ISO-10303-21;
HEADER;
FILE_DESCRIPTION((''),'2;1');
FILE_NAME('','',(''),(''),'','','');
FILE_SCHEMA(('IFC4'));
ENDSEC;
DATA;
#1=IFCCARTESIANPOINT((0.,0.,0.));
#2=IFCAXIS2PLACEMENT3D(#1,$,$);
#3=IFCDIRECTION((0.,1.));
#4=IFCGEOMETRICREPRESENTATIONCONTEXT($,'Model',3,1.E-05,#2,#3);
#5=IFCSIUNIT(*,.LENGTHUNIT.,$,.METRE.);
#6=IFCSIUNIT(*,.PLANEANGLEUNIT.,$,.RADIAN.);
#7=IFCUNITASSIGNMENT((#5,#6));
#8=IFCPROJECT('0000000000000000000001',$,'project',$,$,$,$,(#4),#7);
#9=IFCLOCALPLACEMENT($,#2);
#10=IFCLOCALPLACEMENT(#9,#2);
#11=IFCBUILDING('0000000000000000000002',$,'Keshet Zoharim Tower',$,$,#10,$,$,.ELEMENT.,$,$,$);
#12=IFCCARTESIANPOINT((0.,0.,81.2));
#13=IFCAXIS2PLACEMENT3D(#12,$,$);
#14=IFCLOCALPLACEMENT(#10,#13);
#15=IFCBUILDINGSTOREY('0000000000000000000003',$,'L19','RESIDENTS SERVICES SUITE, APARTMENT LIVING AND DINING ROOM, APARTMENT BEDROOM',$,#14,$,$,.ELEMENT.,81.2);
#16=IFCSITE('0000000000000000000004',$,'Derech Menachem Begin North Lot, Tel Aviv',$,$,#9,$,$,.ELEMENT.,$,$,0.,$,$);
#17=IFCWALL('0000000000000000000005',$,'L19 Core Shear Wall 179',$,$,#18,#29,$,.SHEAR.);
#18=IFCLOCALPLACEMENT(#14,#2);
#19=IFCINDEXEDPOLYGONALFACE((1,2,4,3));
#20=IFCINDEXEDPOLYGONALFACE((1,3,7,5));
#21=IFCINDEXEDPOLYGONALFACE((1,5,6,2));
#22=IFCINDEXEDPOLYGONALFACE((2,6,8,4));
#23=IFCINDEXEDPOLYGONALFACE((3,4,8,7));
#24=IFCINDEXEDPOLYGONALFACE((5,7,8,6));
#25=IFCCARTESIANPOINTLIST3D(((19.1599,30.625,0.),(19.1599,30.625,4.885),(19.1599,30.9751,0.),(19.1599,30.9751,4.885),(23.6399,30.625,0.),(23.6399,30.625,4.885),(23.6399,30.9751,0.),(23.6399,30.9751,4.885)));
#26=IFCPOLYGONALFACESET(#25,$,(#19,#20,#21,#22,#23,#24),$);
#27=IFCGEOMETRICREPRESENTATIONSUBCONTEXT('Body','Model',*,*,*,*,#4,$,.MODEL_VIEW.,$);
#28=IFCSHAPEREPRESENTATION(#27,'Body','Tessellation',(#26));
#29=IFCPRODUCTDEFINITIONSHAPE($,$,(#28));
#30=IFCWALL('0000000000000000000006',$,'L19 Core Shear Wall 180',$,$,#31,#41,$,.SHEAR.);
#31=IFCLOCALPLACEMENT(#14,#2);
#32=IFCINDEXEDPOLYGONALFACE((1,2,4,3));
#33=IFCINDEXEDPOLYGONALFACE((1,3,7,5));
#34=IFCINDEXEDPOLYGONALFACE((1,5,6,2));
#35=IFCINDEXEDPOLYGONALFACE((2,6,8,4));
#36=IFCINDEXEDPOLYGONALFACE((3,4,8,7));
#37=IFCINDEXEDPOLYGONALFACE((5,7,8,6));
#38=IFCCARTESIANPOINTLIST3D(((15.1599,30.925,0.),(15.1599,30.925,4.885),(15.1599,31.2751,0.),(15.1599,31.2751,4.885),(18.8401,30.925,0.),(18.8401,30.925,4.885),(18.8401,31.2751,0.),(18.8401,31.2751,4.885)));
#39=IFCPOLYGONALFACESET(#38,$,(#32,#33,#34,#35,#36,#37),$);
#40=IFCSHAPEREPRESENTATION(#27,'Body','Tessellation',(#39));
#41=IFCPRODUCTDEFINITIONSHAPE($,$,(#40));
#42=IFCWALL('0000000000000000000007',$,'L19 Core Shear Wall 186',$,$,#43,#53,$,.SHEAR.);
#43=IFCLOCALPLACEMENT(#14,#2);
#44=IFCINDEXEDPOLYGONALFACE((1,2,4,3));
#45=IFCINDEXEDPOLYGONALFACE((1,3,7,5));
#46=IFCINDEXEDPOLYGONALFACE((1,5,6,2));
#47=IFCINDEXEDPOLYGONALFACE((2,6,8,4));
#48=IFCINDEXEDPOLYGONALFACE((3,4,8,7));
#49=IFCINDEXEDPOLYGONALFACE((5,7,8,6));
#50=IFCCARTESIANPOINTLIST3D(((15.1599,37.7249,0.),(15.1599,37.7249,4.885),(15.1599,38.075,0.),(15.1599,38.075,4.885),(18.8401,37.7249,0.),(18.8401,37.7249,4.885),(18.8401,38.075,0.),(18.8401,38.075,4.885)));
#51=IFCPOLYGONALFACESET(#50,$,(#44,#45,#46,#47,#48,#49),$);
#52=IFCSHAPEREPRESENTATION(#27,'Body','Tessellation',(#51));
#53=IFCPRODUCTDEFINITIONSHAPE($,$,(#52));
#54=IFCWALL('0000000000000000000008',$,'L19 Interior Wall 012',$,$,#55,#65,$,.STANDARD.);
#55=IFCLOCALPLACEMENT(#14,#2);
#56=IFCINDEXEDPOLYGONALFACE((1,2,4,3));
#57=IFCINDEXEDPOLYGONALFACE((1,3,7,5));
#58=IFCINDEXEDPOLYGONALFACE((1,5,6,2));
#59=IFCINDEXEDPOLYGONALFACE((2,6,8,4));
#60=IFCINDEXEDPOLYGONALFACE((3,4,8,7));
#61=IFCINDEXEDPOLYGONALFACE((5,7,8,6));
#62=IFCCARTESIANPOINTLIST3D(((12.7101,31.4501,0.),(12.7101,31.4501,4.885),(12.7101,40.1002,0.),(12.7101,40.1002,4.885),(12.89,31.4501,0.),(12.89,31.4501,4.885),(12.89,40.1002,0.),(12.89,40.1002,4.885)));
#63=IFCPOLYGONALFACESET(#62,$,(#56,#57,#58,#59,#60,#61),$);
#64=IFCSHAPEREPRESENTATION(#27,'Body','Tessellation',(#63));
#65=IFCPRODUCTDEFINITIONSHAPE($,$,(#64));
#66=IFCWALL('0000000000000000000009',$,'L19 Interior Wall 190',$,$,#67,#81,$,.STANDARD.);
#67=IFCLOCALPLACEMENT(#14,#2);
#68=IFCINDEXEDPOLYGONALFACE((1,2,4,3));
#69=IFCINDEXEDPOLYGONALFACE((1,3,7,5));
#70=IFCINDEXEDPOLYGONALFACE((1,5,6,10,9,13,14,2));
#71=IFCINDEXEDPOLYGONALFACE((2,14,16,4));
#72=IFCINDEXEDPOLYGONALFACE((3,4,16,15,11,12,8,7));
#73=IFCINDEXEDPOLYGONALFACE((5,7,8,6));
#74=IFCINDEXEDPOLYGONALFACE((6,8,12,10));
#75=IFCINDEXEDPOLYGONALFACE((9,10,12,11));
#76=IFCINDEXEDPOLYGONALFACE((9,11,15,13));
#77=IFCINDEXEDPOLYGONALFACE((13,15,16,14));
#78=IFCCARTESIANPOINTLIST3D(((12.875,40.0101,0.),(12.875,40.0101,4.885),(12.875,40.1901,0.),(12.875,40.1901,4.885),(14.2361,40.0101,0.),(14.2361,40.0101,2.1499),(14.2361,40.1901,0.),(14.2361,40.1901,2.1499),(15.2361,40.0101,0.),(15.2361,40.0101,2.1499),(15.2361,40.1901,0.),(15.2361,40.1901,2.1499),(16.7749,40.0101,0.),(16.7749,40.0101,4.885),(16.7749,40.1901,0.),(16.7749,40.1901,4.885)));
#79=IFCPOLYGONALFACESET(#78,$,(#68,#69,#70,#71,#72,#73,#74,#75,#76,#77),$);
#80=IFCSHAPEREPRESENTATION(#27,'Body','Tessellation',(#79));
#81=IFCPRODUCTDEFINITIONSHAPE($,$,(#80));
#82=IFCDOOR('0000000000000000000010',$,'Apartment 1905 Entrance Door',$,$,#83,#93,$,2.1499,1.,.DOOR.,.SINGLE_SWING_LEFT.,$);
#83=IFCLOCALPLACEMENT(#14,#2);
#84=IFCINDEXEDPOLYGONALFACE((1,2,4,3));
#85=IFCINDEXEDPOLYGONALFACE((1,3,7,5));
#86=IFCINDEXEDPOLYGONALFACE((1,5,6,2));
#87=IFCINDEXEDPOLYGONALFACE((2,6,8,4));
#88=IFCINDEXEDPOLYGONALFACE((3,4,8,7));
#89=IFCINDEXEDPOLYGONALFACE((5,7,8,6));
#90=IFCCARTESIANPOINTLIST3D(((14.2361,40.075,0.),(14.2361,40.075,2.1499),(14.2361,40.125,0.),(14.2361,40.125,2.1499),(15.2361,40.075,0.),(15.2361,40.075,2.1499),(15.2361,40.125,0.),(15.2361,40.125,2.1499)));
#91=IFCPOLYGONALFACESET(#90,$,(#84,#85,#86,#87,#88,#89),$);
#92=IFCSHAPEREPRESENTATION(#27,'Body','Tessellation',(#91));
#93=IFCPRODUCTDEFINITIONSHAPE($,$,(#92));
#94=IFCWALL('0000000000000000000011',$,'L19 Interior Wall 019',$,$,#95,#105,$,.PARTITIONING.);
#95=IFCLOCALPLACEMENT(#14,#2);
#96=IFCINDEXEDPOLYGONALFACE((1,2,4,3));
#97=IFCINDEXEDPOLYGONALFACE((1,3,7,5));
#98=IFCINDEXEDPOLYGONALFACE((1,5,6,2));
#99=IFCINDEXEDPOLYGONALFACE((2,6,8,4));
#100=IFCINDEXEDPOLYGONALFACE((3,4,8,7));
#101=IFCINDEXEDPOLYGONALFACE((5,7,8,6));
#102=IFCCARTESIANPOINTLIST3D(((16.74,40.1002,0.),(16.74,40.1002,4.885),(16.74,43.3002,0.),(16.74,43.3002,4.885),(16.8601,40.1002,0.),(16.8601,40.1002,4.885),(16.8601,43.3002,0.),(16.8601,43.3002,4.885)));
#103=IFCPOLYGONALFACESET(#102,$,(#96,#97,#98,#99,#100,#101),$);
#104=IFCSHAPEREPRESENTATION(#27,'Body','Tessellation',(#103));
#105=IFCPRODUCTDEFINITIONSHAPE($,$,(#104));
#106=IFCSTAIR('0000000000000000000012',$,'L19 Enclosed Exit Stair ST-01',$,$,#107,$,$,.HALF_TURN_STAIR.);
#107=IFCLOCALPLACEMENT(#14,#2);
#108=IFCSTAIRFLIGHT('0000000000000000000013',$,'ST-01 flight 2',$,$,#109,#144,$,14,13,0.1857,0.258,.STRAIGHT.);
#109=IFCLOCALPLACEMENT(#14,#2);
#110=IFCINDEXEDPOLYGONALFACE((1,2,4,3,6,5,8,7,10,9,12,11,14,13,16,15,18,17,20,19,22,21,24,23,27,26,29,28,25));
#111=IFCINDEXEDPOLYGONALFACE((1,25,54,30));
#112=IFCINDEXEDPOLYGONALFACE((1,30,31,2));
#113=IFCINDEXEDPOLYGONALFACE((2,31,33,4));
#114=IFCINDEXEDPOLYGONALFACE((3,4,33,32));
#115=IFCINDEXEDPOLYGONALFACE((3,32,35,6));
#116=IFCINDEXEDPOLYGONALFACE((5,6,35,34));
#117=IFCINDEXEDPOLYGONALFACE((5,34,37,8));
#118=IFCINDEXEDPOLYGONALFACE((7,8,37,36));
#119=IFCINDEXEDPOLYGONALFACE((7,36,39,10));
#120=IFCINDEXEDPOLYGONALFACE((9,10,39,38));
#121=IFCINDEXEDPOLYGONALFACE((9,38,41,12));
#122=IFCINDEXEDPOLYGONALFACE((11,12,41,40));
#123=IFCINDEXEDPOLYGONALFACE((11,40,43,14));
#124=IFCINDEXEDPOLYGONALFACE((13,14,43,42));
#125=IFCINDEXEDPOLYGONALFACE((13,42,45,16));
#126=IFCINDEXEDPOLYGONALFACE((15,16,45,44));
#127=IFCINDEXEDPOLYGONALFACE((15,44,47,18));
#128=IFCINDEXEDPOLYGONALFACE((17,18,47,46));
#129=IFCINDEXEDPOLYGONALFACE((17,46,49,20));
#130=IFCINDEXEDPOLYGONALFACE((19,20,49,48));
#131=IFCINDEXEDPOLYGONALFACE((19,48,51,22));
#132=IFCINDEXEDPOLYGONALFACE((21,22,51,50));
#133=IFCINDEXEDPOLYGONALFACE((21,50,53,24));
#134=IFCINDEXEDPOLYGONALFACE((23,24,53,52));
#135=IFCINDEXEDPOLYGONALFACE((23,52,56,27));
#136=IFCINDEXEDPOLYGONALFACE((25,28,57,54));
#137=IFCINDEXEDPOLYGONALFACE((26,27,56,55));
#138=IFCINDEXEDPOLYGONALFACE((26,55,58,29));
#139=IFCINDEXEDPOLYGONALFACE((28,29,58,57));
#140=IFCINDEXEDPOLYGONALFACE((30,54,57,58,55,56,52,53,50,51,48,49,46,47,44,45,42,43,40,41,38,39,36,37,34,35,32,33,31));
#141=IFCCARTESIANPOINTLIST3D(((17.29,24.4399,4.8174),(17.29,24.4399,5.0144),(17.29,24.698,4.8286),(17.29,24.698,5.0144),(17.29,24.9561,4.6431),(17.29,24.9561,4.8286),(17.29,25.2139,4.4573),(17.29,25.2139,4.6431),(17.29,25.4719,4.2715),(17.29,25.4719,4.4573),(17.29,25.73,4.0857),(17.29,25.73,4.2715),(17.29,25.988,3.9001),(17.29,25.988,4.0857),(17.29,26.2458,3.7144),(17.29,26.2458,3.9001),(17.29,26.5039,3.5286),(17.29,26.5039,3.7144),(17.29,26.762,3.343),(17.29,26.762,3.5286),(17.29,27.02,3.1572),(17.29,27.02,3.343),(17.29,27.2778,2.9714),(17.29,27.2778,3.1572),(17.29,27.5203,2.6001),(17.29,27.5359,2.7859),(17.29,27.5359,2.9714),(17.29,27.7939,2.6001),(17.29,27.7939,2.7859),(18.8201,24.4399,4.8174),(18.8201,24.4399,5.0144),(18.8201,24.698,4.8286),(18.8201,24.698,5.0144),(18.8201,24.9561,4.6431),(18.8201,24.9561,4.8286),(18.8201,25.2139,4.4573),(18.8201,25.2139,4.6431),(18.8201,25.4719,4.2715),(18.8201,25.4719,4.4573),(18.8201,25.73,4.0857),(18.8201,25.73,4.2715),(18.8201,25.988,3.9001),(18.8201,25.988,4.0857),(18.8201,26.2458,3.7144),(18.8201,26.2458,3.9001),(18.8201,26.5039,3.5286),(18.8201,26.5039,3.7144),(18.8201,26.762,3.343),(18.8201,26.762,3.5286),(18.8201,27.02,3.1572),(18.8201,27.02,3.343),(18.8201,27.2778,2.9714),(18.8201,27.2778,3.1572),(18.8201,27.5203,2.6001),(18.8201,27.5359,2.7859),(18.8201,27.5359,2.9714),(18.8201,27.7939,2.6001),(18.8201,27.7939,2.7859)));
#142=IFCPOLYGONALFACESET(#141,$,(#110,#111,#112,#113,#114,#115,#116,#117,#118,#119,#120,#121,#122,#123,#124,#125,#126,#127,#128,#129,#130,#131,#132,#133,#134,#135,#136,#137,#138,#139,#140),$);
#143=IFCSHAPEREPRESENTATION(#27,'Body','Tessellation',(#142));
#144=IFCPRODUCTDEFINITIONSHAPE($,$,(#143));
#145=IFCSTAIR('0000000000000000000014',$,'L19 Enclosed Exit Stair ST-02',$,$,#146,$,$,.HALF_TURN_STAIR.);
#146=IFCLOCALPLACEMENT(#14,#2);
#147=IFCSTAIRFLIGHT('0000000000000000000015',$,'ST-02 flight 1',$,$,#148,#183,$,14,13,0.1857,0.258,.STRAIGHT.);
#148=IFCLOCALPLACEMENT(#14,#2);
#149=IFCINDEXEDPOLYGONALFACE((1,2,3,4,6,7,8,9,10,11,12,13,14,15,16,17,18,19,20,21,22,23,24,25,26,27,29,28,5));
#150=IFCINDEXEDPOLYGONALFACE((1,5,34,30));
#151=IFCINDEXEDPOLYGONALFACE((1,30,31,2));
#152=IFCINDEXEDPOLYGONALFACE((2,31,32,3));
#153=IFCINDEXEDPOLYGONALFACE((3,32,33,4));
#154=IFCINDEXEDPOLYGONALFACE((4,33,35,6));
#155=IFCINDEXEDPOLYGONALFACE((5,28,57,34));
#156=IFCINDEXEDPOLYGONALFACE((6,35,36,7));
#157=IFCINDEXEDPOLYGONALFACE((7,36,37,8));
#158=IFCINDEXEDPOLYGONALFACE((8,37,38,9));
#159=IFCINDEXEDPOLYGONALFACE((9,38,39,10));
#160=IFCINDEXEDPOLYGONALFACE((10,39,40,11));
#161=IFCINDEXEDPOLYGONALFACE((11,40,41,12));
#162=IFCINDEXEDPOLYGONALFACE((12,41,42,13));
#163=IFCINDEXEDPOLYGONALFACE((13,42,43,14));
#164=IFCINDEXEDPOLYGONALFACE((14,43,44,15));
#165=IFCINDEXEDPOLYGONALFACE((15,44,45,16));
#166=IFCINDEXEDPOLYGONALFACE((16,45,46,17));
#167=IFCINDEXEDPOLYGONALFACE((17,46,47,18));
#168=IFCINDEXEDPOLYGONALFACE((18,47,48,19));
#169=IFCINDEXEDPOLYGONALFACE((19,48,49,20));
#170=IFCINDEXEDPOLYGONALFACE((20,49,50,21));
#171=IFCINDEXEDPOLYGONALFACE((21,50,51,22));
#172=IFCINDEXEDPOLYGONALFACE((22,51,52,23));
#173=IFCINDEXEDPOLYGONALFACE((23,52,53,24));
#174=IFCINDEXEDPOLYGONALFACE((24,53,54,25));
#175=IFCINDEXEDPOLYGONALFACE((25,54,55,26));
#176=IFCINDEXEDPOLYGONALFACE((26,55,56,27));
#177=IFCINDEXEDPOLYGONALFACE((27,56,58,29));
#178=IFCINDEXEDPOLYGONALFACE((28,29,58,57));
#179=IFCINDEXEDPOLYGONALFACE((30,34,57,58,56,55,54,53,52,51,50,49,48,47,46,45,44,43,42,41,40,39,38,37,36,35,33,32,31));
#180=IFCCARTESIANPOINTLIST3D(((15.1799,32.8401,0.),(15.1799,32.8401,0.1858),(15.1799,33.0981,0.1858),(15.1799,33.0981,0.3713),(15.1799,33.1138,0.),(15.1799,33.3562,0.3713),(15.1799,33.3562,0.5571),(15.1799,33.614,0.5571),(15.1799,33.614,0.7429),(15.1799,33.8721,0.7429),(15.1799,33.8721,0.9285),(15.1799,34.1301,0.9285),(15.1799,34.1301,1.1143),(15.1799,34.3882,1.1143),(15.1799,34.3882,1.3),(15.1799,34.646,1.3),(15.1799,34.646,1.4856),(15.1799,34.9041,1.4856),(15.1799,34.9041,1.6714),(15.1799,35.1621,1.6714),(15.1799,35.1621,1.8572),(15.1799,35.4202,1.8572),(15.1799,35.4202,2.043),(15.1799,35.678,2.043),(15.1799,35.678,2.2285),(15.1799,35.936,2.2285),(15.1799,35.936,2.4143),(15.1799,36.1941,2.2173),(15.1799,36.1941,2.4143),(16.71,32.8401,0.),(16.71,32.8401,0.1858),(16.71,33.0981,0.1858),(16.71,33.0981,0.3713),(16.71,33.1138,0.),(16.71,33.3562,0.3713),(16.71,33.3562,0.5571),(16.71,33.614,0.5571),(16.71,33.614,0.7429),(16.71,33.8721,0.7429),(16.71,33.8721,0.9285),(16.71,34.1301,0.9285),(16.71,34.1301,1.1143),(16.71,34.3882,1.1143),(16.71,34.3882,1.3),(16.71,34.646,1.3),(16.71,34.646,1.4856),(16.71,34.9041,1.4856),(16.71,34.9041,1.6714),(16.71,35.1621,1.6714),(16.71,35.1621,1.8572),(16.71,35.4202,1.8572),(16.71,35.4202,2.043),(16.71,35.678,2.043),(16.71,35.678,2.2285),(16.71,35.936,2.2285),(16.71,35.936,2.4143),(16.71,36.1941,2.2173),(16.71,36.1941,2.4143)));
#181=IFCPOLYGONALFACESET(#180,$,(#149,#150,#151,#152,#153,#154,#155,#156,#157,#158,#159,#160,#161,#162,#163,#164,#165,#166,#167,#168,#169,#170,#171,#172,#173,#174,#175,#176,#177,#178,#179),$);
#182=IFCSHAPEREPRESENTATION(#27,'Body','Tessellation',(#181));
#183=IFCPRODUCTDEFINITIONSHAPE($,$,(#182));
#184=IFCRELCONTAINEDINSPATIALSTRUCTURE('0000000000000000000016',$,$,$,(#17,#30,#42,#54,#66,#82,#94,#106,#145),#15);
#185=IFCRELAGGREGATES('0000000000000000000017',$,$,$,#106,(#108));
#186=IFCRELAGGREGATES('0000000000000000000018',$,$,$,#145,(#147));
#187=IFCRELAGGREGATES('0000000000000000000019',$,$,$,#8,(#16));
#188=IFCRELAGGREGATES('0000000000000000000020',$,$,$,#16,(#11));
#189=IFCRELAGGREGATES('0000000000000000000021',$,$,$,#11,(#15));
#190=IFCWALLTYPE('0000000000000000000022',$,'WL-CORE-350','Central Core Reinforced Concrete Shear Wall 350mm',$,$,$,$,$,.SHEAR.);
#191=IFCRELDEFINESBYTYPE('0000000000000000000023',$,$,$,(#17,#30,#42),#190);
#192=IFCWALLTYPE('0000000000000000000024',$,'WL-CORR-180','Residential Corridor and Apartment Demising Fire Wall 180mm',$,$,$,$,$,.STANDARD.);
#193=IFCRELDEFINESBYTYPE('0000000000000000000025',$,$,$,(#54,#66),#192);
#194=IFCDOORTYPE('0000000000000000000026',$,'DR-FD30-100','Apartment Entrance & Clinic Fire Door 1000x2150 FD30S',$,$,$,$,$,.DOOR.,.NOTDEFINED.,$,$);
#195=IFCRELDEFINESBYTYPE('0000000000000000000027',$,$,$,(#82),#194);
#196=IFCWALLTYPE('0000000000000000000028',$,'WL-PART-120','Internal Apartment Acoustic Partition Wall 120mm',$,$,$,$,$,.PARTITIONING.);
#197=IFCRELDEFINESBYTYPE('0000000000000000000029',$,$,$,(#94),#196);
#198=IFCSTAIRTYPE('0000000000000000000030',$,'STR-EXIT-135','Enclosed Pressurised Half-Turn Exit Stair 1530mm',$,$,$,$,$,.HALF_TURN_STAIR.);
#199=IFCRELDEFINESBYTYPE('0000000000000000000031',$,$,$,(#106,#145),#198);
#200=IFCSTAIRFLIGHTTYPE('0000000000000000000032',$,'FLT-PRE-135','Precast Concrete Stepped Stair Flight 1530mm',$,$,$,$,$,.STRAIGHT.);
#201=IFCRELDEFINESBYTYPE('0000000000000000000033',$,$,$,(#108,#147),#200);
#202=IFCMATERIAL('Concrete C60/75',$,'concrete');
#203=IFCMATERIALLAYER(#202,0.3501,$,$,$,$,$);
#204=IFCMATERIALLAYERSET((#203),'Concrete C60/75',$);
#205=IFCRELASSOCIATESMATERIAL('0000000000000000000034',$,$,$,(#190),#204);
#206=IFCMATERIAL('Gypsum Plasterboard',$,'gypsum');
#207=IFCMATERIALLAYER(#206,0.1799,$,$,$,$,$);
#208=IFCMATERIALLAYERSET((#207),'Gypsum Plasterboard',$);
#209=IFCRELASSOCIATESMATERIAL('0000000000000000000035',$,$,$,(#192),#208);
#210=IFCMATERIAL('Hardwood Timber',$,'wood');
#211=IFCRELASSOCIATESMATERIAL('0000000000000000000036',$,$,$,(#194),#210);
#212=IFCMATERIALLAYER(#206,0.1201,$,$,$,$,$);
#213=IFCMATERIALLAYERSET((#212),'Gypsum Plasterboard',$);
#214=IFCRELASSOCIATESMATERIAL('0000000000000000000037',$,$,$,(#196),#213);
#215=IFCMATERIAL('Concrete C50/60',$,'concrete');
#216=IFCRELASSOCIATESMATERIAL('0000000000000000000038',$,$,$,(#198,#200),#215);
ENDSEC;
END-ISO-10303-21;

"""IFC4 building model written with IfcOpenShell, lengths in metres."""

from ifc_helpers import new_model, si_unit, direction, frame, frame_2d, origin, place, context, subcontext, project, spatial, polyline, rectangle, outline, extrude, material, layer, layer_set, type_object, element, fill, aggregate, save


model = new_model("IFC4")

# Units and contexts
model_context = context("Model", 3, precision=1e-05, world=origin(), true_north=direction((0.0, 1.0)))
body_context = subcontext(model_context, "Body", "Model", "MODEL_VIEW")
ifc_project = project(units=[si_unit("LENGTHUNIT", "METRE"), si_unit("PLANEANGLEUNIT", "RADIAN")], contexts=[model_context])

# Site, building, storey
site_placement = place(None, origin())
site = spatial("IfcSite", under=ifc_project, at=site_placement, Name="Derech Menachem Begin North Lot, Tel Aviv", CompositionType="ELEMENT", RefElevation=0.0)
building_placement = place(site_placement, origin())
building = spatial("IfcBuilding", under=site, at=building_placement, Name="Keshet Zoharim Tower", CompositionType="ELEMENT")
storey_placement = place(building_placement, frame((0.0, 0.0, 81.2)))
storey = spatial("IfcBuildingStorey", under=building, at=storey_placement, Name="L19", Description="RESIDENTS SERVICES SUITE, APARTMENT LIVING AND DINING ROOM, APARTMENT BEDROOM", CompositionType="ELEMENT", Elevation=81.2)

# Shared definitions
ifc_material_1 = material(Name="Concrete C60/75", Category="concrete")
ifc_layer_1 = layer(ifc_material_1, 0.3501)
ifc_layer_set_1 = layer_set([ifc_layer_1], Name="Concrete C60/75")
wall_type_1 = type_object("IfcWallType", Name="WL-CORE-350", Description="Central Core Reinforced Concrete Shear Wall 350mm", PredefinedType="SHEAR", material=ifc_layer_set_1)
ifc_material_2 = material(Name="Hardwood Timber", Category="wood")

# Walls
wall_1_placement = place(storey_placement, frame((19.1599, 30.8, 0.0), z_axis=(0.0, 0.0, 1.0), x_axis=(1.0, 0.0, 0.0)))
element("IfcWall", 1, at=wall_1_placement, inside=storey, type_object=wall_type_1, Name="L19 Core Shear Wall 179", PredefinedType="SHEAR", context=body_context, shape_type="SweptSolid", body=[
    extrude(rectangle(XDim=4.48, YDim=0.3501, at=frame_2d((2.24, 0.0))), origin(), (0.0, 0.0, 1.0), 4.885),
])
for number, where, z_axis, x_axis, name in (
    (2, (15.1599, 31.1001, 0.0), (0.0, 0.0, 1.0), (1.0, 0.0, 0.0), "L19 Core Shear Wall 180"),
    (3, (15.1599, 37.8999, 0.0), (0.0, 0.0, 1.0), (1.0, 0.0, 0.0), "L19 Core Shear Wall 186"),
):
    element("IfcWall", number, at=place(storey_placement, frame(where, z_axis=z_axis, x_axis=x_axis)), inside=storey, type_object=wall_type_1, Name=name, PredefinedType="SHEAR", context=body_context, shape_type="SweptSolid", body=[
        extrude(rectangle(XDim=3.6802, YDim=0.3501, at=frame_2d((1.8401, 0.0))), origin(), (0.0, 0.0, 1.0), 4.885),
    ])
ifc_material_3 = material(Name="Gypsum Plasterboard", Category="gypsum")
ifc_layer_2 = layer(ifc_material_3, 0.1799)
ifc_layer_set_2 = layer_set([ifc_layer_2], Name="Gypsum Plasterboard")
wall_type_2 = type_object("IfcWallType", Name="WL-CORR-180", Description="Residential Corridor and Apartment Demising Fire Wall 180mm", PredefinedType="STANDARD", material=ifc_layer_set_2)
wall_2_placement = place(storey_placement, frame((12.8, 31.45, 0.0), z_axis=(0.0, 0.0, 1.0), x_axis=(0.0, 1.0, 0.0)))
element("IfcWall", 4, at=wall_2_placement, inside=storey, type_object=wall_type_2, Name="L19 Interior Wall 012", PredefinedType="STANDARD", context=body_context, shape_type="SweptSolid", body=[
    extrude(rectangle(XDim=8.6501, YDim=0.1799, at=frame_2d((4.3252, 0.0))), origin(), (0.0, 0.0, 1.0), 4.885),
])

# Wall, opening, door
wall_3_placement = place(storey_placement, frame((12.875, 40.1001, 0.0), z_axis=(0.0, 0.0, 1.0), x_axis=(1.0, 0.0, 0.0)))
wall_3 = element("IfcWall", 5, at=wall_3_placement, inside=storey, type_object=wall_type_2, Name="L19 Interior Wall 190", PredefinedType="STANDARD", context=body_context, shape_type="SweptSolid", body=[
    extrude(rectangle(XDim=3.8999, YDim=0.1799, at=frame_2d((1.95, 0.0))), origin(), (0.0, 0.0, 1.0), 4.885),
])
opening_1_placement = place(wall_3_placement, frame((1.3611, 0.0, 0.0)))
opening_1 = element("IfcOpeningElement", 6, at=opening_1_placement, cuts=wall_3, PredefinedType="OPENING", context=body_context, shape_type="SweptSolid", body=[
    extrude(rectangle(XDim=1.0, YDim=2.1499, at=frame_2d((0.5, 1.075))), frame((0.0, 0.1001, 0.0), z_axis=(0.0, -1.0, 0.0), x_axis=(1.0, 0.0, 0.0)), (0.0, 0.0, 1.0), 0.2),
])
door_type_1 = type_object("IfcDoorType", Name="DR-FD30-100", Description="Apartment Entrance & Clinic Fire Door 1000x2150 FD30S", OperationType="NOTDEFINED", PredefinedType="DOOR", material=ifc_material_2)
door_1_placement = place(opening_1_placement, origin())
door_1 = element("IfcDoor", 7, at=door_1_placement, inside=storey, type_object=door_type_1, Name="Apartment 1905 Entrance Door", OperationType="SINGLE_SWING_LEFT", OverallHeight=2.1499, OverallWidth=1.0, PredefinedType="DOOR", context=body_context, shape_type="SweptSolid", body=[
    extrude(rectangle(XDim=1.0, YDim=2.1499, at=frame_2d((0.5, 1.075))), frame((0.0, 0.0249, 0.0), z_axis=(0.0, -1.0, 0.0), x_axis=(1.0, 0.0, 0.0)), (0.0, 0.0, 1.0), 0.05),
])
fill(opening_1, door_1)

# Wall
ifc_layer_3 = layer(ifc_material_3, 0.1201)
ifc_layer_set_3 = layer_set([ifc_layer_3], Name="Gypsum Plasterboard")
wall_type_3 = type_object("IfcWallType", Name="WL-PART-120", Description="Internal Apartment Acoustic Partition Wall 120mm", PredefinedType="PARTITIONING", material=ifc_layer_set_3)
wall_4_placement = place(storey_placement, frame((16.8, 40.1001, 0.0), z_axis=(0.0, 0.0, 1.0), x_axis=(0.0, 1.0, 0.0)))
element("IfcWall", 8, at=wall_4_placement, inside=storey, type_object=wall_type_3, Name="L19 Interior Wall 019", PredefinedType="PARTITIONING", context=body_context, shape_type="SweptSolid", body=[
    extrude(rectangle(XDim=3.2, YDim=0.1201, at=frame_2d((1.6001, 0.0))), origin(), (0.0, 0.0, 1.0), 4.885),
])

# Stair, stair flight
ifc_material_4 = material(Name="Concrete C50/60", Category="concrete")
stair_type = type_object("IfcStairType", Name="STR-EXIT-135", Description="Enclosed Pressurised Half-Turn Exit Stair 1530mm", PredefinedType="HALF_TURN_STAIR", material=ifc_material_4)
stair_1_placement = place(storey_placement, origin())
stair_1 = element("IfcStair", 9, at=stair_1_placement, inside=storey, type_object=stair_type, Name="L19 Enclosed Exit Stair ST-01", PredefinedType="HALF_TURN_STAIR")
stair_flight_type = type_object("IfcStairFlightType", Name="FLT-PRE-135", Description="Precast Concrete Stepped Stair Flight 1530mm", PredefinedType="STRAIGHT", material=ifc_material_4)
stair_flight_1_placement = place(storey_placement, frame((18.0549, 27.7939, 2.6001), z_axis=(0.0, 0.0, 1.0), x_axis=(0.0, -1.0, 0.0)))
stair_flight_1 = element("IfcStairFlight", 10, at=stair_flight_1_placement, type_object=stair_flight_type, Name="ST-01 flight 2", NumberOfRisers=14, NumberOfTreads=13, PredefinedType="STRAIGHT", RiserHeight=0.1857, TreadLength=0.258, context=body_context, shape_type="SweptSolid", body=[
    extrude(outline(polyline([(0.0, 0.0), (0.0, 0.1858), (0.2581, 0.1858), (0.2581, 0.3713), (0.5161, 0.3713), (0.5161, 0.5571), (0.7739, 0.5571), (0.7739, 0.7429), (1.032, 0.7429), (1.032, 0.9285), (1.29, 0.9285), (1.29, 1.1143), (1.5481, 1.1143), (1.5481, 1.3), (1.8059, 1.3), (1.8059, 1.4856), (2.064, 1.4856), (2.064, 1.6714), (2.322, 1.6714), (2.322, 1.8572), (2.5801, 1.8572), (2.5801, 2.043), (2.8379, 2.043), (2.8379, 2.2285), (3.0959, 2.2285), (3.0959, 2.4143), (3.354, 2.4143), (3.354, 2.6001), (3.354, 2.2173), (0.2737, 0.0), (0.0, 0.0)])), frame((0.0, 0.7651, 0.0), z_axis=(0.0, -1.0, 0.0), x_axis=(1.0, 0.0, 0.0)), (0.0, 0.0, 1.0), 1.53),
])
aggregate(stair_1, [stair_flight_1])

# Stair, stair flight
stair_2_placement = place(storey_placement, origin())
stair_2 = element("IfcStair", 11, at=stair_2_placement, inside=storey, type_object=stair_type, Name="L19 Enclosed Exit Stair ST-02", PredefinedType="HALF_TURN_STAIR")
stair_flight_2_placement = place(storey_placement, frame((15.9451, 32.8401, 0.0), z_axis=(0.0, 0.0, 1.0), x_axis=(0.0, 1.0, 0.0)))
stair_flight_2 = element("IfcStairFlight", 12, at=stair_flight_2_placement, type_object=stair_flight_type, Name="ST-02 flight 1", NumberOfRisers=14, NumberOfTreads=13, PredefinedType="STRAIGHT", RiserHeight=0.1857, TreadLength=0.258, context=body_context, shape_type="SweptSolid", body=[
    extrude(outline(polyline([(0.0, 0.0), (0.0, 0.1858), (0.2581, 0.1858), (0.2581, 0.3713), (0.5161, 0.3713), (0.5161, 0.5571), (0.7739, 0.5571), (0.7739, 0.7429), (1.032, 0.7429), (1.032, 0.9285), (1.29, 0.9285), (1.29, 1.1143), (1.5481, 1.1143), (1.5481, 1.3), (1.8059, 1.3), (1.8059, 1.4856), (2.064, 1.4856), (2.064, 1.6714), (2.322, 1.6714), (2.322, 1.8572), (2.5801, 1.8572), (2.5801, 2.043), (2.8379, 2.043), (2.8379, 2.2285), (3.0959, 2.2285), (3.0959, 2.4143), (3.354, 2.4143), (3.354, 2.6001), (3.354, 2.2173), (0.2737, 0.0), (0.0, 0.0)])), frame((0.0, 0.7651, 0.0), z_axis=(0.0, -1.0, 0.0), x_axis=(1.0, 0.0, 0.0)), (0.0, 0.0, 1.0), 1.53),
])
aggregate(stair_2, [stair_flight_2])

save(model, "model.ifc")
